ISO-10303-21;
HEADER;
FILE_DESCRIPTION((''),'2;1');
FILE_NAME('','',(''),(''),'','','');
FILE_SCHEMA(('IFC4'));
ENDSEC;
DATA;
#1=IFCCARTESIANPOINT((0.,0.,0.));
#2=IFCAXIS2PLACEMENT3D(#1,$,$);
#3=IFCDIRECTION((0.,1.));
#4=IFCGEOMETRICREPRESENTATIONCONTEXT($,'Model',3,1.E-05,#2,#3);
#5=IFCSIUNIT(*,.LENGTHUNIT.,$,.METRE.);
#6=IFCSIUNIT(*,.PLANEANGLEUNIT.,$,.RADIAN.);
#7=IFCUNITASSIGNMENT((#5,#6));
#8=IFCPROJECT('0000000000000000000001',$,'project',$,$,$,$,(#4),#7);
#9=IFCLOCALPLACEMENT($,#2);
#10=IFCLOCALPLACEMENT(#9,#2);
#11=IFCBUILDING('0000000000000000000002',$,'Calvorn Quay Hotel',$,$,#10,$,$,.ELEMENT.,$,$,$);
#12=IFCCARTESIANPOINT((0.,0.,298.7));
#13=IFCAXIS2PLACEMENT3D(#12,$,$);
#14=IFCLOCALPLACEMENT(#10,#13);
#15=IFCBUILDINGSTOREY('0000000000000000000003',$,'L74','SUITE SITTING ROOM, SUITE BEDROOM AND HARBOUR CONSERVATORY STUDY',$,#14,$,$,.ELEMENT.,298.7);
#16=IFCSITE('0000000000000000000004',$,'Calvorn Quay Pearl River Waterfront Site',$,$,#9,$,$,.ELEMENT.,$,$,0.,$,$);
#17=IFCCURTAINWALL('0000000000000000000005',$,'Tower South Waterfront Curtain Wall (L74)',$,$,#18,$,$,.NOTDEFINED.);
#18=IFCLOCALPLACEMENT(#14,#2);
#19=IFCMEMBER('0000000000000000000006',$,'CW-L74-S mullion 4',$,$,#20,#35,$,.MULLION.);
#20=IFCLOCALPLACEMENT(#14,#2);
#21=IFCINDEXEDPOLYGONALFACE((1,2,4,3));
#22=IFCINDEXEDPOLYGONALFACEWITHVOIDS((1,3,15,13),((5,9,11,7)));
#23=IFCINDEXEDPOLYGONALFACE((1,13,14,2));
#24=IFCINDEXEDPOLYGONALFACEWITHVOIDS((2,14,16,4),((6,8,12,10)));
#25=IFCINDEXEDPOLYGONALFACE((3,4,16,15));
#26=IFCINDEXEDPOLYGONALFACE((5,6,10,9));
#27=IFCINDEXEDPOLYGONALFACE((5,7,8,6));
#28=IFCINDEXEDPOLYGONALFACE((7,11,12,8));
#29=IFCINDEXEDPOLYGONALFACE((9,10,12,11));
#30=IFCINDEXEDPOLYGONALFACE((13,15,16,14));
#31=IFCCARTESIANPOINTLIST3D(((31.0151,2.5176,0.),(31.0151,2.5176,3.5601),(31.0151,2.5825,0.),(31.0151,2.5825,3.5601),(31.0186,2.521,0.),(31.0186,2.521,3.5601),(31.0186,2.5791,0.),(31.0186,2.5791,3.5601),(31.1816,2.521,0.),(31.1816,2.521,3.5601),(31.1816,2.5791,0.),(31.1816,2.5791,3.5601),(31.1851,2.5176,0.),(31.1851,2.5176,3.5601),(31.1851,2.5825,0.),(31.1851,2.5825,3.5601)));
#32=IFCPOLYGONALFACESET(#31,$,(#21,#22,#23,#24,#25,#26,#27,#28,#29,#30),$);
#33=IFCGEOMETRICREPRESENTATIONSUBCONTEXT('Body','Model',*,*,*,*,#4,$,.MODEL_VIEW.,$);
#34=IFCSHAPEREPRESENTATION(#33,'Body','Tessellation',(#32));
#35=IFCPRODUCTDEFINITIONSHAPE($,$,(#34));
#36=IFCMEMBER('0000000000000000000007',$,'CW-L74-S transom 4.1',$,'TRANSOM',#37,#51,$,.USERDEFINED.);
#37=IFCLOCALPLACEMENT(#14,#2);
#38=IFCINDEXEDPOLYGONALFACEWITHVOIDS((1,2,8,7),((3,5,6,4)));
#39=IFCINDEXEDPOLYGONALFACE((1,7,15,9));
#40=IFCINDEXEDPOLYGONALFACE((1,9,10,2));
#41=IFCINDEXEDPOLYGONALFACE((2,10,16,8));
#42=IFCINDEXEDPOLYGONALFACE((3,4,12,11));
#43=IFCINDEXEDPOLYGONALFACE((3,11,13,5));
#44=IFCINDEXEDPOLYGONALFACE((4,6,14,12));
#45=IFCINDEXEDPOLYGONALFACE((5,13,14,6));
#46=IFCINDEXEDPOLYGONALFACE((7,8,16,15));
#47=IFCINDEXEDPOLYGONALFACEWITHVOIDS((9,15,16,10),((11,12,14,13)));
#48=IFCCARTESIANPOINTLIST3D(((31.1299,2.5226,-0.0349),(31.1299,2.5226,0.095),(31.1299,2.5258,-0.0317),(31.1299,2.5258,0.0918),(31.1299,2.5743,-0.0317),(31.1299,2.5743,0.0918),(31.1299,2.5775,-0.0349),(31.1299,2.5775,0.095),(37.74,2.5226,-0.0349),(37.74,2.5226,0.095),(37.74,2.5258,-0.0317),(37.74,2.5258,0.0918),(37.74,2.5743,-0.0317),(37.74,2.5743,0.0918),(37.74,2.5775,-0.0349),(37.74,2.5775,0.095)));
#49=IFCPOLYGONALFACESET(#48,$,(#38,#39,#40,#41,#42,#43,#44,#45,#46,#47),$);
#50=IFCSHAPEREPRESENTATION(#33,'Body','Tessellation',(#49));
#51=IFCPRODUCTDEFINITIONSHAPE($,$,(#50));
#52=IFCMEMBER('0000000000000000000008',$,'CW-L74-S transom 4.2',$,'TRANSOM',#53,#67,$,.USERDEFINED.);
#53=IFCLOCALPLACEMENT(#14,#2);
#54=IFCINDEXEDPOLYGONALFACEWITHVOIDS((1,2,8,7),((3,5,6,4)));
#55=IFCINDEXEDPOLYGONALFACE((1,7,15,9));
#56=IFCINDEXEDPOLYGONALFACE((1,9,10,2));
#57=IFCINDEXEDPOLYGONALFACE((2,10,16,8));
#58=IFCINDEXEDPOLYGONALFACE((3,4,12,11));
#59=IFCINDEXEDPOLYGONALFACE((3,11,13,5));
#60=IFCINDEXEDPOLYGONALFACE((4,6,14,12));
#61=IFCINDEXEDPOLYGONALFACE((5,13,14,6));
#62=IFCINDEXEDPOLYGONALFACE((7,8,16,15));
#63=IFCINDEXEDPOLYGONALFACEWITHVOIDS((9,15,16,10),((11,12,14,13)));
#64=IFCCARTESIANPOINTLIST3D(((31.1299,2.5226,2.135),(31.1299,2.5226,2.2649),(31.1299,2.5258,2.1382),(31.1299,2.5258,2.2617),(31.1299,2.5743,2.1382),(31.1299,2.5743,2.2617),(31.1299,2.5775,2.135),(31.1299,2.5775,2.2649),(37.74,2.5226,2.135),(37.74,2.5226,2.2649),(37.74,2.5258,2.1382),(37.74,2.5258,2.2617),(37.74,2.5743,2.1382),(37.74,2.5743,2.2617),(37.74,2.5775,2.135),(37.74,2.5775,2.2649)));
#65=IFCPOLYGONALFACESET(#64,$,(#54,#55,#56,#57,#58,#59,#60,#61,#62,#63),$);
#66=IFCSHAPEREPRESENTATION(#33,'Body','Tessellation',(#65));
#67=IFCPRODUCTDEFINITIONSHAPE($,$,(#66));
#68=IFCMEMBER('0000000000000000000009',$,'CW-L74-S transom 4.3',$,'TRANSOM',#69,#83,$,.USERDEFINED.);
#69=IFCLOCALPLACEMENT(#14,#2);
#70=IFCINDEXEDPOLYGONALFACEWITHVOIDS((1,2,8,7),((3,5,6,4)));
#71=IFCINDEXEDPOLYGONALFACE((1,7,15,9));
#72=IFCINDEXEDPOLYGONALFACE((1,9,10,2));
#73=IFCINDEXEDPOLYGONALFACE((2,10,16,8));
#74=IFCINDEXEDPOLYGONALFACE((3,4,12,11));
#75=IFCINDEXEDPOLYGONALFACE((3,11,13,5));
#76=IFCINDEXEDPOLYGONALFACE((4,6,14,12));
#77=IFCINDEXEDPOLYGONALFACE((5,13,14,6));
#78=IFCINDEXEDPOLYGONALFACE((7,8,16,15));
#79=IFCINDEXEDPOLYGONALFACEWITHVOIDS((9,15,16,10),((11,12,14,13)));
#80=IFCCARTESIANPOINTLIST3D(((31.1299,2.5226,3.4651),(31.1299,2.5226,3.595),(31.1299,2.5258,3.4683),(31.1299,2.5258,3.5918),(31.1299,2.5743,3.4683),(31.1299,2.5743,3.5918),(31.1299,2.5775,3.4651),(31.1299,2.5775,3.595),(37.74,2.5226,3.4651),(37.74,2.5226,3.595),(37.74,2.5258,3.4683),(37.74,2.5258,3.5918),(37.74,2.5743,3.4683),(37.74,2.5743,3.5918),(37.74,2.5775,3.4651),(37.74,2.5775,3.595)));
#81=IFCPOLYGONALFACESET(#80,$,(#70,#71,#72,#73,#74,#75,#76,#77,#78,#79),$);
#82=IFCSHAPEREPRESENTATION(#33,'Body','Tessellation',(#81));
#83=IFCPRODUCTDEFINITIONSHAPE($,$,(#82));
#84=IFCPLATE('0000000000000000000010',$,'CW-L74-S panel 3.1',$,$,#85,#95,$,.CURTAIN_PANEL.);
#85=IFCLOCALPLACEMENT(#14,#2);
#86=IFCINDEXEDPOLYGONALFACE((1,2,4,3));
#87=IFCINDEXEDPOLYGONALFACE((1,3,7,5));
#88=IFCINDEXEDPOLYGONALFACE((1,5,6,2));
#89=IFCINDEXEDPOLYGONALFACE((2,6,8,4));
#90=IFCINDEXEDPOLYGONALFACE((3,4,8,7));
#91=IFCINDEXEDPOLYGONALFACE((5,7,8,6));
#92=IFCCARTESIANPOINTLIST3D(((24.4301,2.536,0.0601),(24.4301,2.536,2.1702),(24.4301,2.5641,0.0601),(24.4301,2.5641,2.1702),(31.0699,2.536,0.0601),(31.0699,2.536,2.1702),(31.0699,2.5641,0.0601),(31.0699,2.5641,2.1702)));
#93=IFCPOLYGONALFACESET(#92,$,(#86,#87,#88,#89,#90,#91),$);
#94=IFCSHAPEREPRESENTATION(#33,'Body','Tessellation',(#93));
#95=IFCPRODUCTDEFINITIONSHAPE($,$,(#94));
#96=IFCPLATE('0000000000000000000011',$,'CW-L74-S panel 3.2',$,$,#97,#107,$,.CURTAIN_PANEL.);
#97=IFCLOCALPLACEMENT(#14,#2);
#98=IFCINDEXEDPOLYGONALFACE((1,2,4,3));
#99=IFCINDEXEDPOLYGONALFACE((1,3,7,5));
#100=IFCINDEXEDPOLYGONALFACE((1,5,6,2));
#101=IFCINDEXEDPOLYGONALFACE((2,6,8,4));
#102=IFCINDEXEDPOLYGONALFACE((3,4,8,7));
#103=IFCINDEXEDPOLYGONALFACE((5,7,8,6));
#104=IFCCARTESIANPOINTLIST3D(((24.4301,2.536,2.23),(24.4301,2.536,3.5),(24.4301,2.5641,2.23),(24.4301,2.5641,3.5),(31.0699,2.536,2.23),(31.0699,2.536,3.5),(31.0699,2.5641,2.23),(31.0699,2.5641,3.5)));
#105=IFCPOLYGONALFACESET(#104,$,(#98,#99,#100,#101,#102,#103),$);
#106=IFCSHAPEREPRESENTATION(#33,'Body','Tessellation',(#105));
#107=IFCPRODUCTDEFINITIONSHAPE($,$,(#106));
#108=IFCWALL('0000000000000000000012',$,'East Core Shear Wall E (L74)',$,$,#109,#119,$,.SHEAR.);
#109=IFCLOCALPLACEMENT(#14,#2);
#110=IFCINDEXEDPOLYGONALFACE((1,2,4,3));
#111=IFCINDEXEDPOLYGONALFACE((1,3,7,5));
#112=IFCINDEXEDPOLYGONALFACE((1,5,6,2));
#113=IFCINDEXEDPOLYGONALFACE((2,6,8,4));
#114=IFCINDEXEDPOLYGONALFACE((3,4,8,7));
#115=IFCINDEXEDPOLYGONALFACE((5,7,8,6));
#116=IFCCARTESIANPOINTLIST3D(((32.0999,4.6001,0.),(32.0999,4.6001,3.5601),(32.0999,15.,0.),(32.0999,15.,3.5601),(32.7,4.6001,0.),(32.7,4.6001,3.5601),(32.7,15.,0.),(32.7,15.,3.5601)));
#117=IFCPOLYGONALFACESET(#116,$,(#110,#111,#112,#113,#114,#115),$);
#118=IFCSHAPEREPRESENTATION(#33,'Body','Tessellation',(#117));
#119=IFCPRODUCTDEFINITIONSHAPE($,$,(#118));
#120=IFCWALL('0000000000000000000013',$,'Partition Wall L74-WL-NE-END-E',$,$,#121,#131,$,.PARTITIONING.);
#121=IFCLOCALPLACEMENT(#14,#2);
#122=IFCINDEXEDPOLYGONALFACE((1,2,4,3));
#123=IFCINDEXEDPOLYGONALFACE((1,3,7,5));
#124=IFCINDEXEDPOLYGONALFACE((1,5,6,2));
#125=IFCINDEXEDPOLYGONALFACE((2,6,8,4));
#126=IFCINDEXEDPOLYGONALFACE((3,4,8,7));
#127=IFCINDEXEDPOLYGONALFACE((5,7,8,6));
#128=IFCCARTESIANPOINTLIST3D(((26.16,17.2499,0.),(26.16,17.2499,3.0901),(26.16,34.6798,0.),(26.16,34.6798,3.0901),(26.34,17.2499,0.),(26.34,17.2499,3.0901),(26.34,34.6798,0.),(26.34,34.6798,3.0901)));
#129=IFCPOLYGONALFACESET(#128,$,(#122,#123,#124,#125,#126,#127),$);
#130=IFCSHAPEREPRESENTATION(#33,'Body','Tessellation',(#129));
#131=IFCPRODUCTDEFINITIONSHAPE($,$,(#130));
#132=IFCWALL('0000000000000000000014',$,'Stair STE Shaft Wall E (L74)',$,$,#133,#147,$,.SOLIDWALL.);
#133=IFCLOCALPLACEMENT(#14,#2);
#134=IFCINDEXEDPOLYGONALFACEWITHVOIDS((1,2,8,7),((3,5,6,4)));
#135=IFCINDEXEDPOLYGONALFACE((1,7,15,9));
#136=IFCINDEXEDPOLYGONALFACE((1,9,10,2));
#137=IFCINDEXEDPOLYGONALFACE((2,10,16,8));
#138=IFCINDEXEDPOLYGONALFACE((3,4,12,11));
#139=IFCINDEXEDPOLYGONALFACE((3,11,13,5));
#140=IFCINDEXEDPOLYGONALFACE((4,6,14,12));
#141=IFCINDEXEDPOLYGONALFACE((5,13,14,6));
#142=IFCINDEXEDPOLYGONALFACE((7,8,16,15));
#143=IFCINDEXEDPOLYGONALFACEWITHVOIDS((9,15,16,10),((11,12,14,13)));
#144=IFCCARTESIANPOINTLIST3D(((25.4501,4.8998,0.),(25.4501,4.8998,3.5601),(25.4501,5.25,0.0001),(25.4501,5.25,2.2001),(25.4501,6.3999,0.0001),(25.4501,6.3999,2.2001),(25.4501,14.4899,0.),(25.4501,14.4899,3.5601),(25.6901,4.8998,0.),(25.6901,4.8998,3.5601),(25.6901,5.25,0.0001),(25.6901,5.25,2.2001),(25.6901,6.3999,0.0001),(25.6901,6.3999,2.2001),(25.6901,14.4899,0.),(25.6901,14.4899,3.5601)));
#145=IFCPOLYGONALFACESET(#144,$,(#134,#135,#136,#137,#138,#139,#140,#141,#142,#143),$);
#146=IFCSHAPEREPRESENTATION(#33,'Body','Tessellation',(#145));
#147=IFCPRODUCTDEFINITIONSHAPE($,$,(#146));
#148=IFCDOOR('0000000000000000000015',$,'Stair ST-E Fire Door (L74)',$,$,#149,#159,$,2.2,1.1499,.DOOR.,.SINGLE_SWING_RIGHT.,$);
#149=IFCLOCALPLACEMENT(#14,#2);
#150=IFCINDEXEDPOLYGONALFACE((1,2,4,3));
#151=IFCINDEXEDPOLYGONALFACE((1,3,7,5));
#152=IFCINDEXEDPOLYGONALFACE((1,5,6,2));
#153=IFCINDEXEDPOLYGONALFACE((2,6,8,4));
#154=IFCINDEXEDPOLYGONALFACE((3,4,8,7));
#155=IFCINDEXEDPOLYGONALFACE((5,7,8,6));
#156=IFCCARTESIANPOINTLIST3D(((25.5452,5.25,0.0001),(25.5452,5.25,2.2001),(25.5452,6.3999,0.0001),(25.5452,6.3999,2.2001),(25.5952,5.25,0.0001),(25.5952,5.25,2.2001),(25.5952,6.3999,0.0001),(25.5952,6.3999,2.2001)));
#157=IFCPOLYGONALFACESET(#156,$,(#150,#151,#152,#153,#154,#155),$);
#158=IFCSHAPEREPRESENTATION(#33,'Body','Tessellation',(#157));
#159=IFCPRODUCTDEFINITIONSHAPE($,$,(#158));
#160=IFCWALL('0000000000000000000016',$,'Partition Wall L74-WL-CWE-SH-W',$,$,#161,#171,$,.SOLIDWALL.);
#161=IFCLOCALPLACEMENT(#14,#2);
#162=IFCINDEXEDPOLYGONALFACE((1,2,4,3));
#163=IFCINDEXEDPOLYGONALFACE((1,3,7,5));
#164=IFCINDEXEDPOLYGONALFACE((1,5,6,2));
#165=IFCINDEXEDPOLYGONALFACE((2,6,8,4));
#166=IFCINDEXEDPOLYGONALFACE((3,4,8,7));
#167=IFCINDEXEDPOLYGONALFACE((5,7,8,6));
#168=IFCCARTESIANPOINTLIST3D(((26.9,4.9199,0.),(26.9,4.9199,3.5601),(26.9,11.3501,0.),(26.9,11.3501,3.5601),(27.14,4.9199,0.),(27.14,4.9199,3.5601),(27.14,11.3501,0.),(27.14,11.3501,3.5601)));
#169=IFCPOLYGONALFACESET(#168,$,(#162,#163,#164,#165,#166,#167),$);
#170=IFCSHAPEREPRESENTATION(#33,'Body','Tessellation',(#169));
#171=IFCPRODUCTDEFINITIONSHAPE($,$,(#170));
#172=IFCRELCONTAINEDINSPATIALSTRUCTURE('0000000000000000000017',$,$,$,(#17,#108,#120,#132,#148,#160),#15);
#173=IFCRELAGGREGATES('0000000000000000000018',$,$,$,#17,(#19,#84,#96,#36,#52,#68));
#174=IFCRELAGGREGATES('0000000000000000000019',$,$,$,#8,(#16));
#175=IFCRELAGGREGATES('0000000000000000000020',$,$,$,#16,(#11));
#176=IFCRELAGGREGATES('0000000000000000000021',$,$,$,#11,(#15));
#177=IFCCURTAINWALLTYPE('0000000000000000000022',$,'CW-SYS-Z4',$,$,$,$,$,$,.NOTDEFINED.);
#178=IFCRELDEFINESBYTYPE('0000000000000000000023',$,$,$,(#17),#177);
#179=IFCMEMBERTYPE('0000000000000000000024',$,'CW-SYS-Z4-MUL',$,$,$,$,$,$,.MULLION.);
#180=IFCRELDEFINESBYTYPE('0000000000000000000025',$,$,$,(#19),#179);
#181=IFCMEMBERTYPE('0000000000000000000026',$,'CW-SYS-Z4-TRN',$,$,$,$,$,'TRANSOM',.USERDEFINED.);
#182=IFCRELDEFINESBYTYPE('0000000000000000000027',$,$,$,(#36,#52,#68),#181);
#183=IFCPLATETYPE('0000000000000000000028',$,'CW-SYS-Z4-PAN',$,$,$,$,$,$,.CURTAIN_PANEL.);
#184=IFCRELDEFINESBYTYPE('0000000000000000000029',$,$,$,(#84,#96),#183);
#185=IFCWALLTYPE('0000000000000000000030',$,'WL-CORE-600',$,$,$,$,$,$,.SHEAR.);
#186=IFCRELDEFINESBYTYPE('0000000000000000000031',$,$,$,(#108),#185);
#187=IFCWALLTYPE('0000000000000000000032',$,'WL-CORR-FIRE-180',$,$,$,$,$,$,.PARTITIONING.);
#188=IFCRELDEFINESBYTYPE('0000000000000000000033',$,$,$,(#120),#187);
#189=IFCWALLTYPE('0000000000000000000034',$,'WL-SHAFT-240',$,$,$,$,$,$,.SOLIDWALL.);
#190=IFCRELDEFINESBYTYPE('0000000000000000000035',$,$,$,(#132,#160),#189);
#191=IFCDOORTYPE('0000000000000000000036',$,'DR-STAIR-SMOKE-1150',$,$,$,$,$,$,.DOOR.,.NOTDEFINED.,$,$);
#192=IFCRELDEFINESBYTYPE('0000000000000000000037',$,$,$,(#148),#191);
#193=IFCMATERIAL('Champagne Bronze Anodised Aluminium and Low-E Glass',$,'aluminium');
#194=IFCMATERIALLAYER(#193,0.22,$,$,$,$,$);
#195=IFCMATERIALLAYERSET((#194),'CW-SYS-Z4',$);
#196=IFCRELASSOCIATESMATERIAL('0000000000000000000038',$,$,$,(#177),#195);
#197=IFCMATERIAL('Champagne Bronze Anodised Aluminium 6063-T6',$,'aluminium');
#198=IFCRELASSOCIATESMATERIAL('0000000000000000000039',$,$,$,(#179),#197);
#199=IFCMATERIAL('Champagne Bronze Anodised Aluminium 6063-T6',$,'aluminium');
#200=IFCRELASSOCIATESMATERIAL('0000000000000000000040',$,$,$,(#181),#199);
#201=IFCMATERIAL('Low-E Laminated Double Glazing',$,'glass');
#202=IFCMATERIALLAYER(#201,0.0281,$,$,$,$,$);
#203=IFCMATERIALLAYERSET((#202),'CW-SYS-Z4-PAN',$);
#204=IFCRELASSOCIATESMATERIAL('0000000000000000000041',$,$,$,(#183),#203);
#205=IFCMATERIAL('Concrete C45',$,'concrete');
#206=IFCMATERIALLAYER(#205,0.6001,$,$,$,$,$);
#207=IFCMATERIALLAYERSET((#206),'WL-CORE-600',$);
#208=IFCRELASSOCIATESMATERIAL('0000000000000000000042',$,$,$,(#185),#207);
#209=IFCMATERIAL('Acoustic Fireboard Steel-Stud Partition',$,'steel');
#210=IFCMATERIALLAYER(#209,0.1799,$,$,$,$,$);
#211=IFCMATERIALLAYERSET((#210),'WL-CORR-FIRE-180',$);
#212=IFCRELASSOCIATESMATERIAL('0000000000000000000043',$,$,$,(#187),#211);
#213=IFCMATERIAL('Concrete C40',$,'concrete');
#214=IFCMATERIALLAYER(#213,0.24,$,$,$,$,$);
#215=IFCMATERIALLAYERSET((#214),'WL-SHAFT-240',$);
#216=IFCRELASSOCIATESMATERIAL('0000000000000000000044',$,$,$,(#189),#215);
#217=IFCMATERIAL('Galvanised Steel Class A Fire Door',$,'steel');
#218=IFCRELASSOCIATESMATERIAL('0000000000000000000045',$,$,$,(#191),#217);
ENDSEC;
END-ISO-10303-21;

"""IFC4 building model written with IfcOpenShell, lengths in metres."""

from ifc_helpers import new_model, si_unit, direction, frame, frame_2d, origin, origin_2d, place, context, subcontext, project, spatial, rectangle, hollow_rectangle, extrude, material, layer, layer_set, material_profile, profile_set, type_object, element, fill, aggregate, save


model = new_model("IFC4")

# Units and contexts
model_context = context("Model", 3, precision=1e-05, world=origin(), true_north=direction((0.0, 1.0)))
body_context = subcontext(model_context, "Body", "Model", "MODEL_VIEW")
ifc_project = project(units=[si_unit("LENGTHUNIT", "METRE"), si_unit("PLANEANGLEUNIT", "RADIAN")], contexts=[model_context])

# Site, building, storey
site_placement = place(None, origin())
site = spatial("IfcSite", under=ifc_project, at=site_placement, Name="Calvorn Quay Pearl River Waterfront Site", CompositionType="ELEMENT", RefElevation=0.0)
building_placement = place(site_placement, origin())
building = spatial("IfcBuilding", under=site, at=building_placement, Name="Calvorn Quay Hotel", CompositionType="ELEMENT")
storey_placement = place(building_placement, frame((0.0, 0.0, 298.7)))
storey = spatial("IfcBuildingStorey", under=building, at=storey_placement, Name="L74", Description="SUITE SITTING ROOM, SUITE BEDROOM AND HARBOUR CONSERVATORY STUDY", CompositionType="ELEMENT", Elevation=298.7)

# Curtain wall, members, plates
ifc_material_1 = material(Name="Champagne Bronze Anodised Aluminium and Low-E Glass", Category="aluminium")
ifc_layer_1 = layer(ifc_material_1, 0.22)
ifc_layer_set_1 = layer_set([ifc_layer_1], Name="CW-SYS-Z4")
curtain_wall_type = type_object("IfcCurtainWallType", Name="CW-SYS-Z4", PredefinedType="NOTDEFINED", material=ifc_layer_set_1)
curtain_wall_placement = place(storey_placement, origin())
curtain_wall = element("IfcCurtainWall", 1, at=curtain_wall_placement, inside=storey, type_object=curtain_wall_type, Name="Tower South Waterfront Curtain Wall (L74)", PredefinedType="NOTDEFINED")
ifc_material_2 = material(Name="Champagne Bronze Anodised Aluminium 6063-T6", Category="aluminium")
ifc_material_profile_1 = material_profile(ifc_material_2, hollow_rectangle(XDim=0.0649, YDim=0.1699, WallThickness=0.0034, at=origin_2d()), Name="ALU-M170x65x3.5")
ifc_profile_set_1 = profile_set([ifc_material_profile_1], Name="Champagne Bronze Anodised Aluminium 6063-T6")
member_type_1 = type_object("IfcMemberType", Name="CW-SYS-Z4-MUL", PredefinedType="MULLION", material=ifc_profile_set_1)
member_1_placement = place(storey_placement, frame((31.1001, 2.55, 0.0), z_axis=(0.0, 0.0, 1.0), x_axis=(0.0, 1.0, 0.0)))
member_1 = element("IfcMember", 2, at=member_1_placement, type_object=member_type_1, Name="CW-L74-S mullion 4", PredefinedType="MULLION", context=body_context, shape_type="SweptSolid", body=[
    extrude(hollow_rectangle(XDim=0.0649, YDim=0.1699, WallThickness=0.0034, at=origin_2d()), origin(), (0.0, 0.0, 1.0), 3.5601),
])
ifc_material_3 = material(Name="Champagne Bronze Anodised Aluminium 6063-T6", Category="aluminium")
ifc_material_profile_2 = material_profile(ifc_material_3, hollow_rectangle(XDim=0.0549, YDim=0.1299, WallThickness=0.0032, at=origin_2d()), Name="ALU-T130x55x3.2")
ifc_profile_set_2 = profile_set([ifc_material_profile_2], Name="Champagne Bronze Anodised Aluminium 6063-T6")
member_type_2 = type_object("IfcMemberType", Name="CW-SYS-Z4-TRN", ElementType="TRANSOM", PredefinedType="USERDEFINED", material=ifc_profile_set_2)
member_2_placement = place(storey_placement, frame((31.1299, 2.55, 0.03), z_axis=(1.0, 0.0, 0.0), x_axis=(0.0, 1.0, 0.0)))
member_2 = element("IfcMember", 3, at=member_2_placement, type_object=member_type_2, Name="CW-L74-S transom 4.1", ObjectType="TRANSOM", PredefinedType="USERDEFINED", context=body_context, shape_type="SweptSolid", body=[
    extrude(hollow_rectangle(XDim=0.0549, YDim=0.1299, WallThickness=0.0032, at=origin_2d()), origin(), (0.0, 0.0, 1.0), 6.6101),
])
member_3_placement = place(storey_placement, frame((31.1299, 2.55, 2.2), z_axis=(1.0, 0.0, 0.0), x_axis=(0.0, 1.0, 0.0)))
member_3 = element("IfcMember", 4, at=member_3_placement, type_object=member_type_2, Name="CW-L74-S transom 4.2", ObjectType="TRANSOM", PredefinedType="USERDEFINED", context=body_context, shape_type="SweptSolid", body=[
    extrude(hollow_rectangle(XDim=0.0549, YDim=0.1299, WallThickness=0.0032, at=origin_2d()), origin(), (0.0, 0.0, 1.0), 6.6101),
])
member_4_placement = place(storey_placement, frame((31.1299, 2.55, 3.53), z_axis=(1.0, 0.0, 0.0), x_axis=(0.0, 1.0, 0.0)))
member_4 = element("IfcMember", 5, at=member_4_placement, type_object=member_type_2, Name="CW-L74-S transom 4.3", ObjectType="TRANSOM", PredefinedType="USERDEFINED", context=body_context, shape_type="SweptSolid", body=[
    extrude(hollow_rectangle(XDim=0.0549, YDim=0.1299, WallThickness=0.0032, at=origin_2d()), origin(), (0.0, 0.0, 1.0), 6.6101),
])
ifc_material_4 = material(Name="Low-E Laminated Double Glazing", Category="glass")
ifc_layer_2 = layer(ifc_material_4, 0.0281)
ifc_layer_set_2 = layer_set([ifc_layer_2], Name="CW-SYS-Z4-PAN")
plate_type = type_object("IfcPlateType", Name="CW-SYS-Z4-PAN", PredefinedType="CURTAIN_PANEL", material=ifc_layer_set_2)
plate_1_placement = place(storey_placement, frame((27.75, 2.55, 0.0601), z_axis=(0.0, 0.0, 1.0), x_axis=(1.0, 0.0, 0.0)))
plate_1 = element("IfcPlate", 6, at=plate_1_placement, type_object=plate_type, Name="CW-L74-S panel 3.1", PredefinedType="CURTAIN_PANEL", context=body_context, shape_type="SweptSolid", body=[
    extrude(rectangle(XDim=6.6399, YDim=0.0281, at=origin_2d()), origin(), (0.0, 0.0, 1.0), 2.1101),
])
plate_2_placement = place(storey_placement, frame((27.75, 2.55, 2.23), z_axis=(0.0, 0.0, 1.0), x_axis=(1.0, 0.0, 0.0)))
plate_2 = element("IfcPlate", 7, at=plate_2_placement, type_object=plate_type, Name="CW-L74-S panel 3.2", PredefinedType="CURTAIN_PANEL", context=body_context, shape_type="SweptSolid", body=[
    extrude(rectangle(XDim=6.6399, YDim=0.0281, at=origin_2d()), origin(), (0.0, 0.0, 1.0), 1.27),
])
aggregate(curtain_wall, [member_1, plate_1, plate_2, member_2, member_3, member_4])

# Walls
ifc_material_5 = material(Name="Concrete C45", Category="concrete")
ifc_layer_3 = layer(ifc_material_5, 0.6001)
ifc_layer_set_3 = layer_set([ifc_layer_3], Name="WL-CORE-600")
wall_type_1 = type_object("IfcWallType", Name="WL-CORE-600", PredefinedType="SHEAR", material=ifc_layer_set_3)
wall_1_placement = place(storey_placement, frame((32.3999, 4.6001, 0.0), z_axis=(0.0, 0.0, 1.0), x_axis=(0.0, 1.0, 0.0)))
element("IfcWall", 8, at=wall_1_placement, inside=storey, type_object=wall_type_1, Name="East Core Shear Wall E (L74)", PredefinedType="SHEAR", context=body_context, shape_type="SweptSolid", body=[
    extrude(rectangle(XDim=10.3999, YDim=0.6001, at=frame_2d((5.2, 0.0))), origin(), (0.0, 0.0, 1.0), 3.5601),
])
ifc_material_6 = material(Name="Acoustic Fireboard Steel-Stud Partition", Category="steel")
ifc_layer_4 = layer(ifc_material_6, 0.1799)
ifc_layer_set_4 = layer_set([ifc_layer_4], Name="WL-CORR-FIRE-180")
wall_type_2 = type_object("IfcWallType", Name="WL-CORR-FIRE-180", PredefinedType="PARTITIONING", material=ifc_layer_set_4)
wall_2_placement = place(storey_placement, frame((26.25, 17.25, 0.0), z_axis=(0.0, 0.0, 1.0), x_axis=(0.0, 1.0, 0.0)))
element("IfcWall", 9, at=wall_2_placement, inside=storey, type_object=wall_type_2, Name="Partition Wall L74-WL-NE-END-E", PredefinedType="PARTITIONING", context=body_context, shape_type="SweptSolid", body=[
    extrude(rectangle(XDim=17.4299, YDim=0.1799, at=frame_2d((8.7148, 0.0))), origin(), (0.0, 0.0, 1.0), 3.0901),
])

# Wall, opening, door
ifc_material_7 = material(Name="Concrete C40", Category="concrete")
ifc_layer_5 = layer(ifc_material_7, 0.24)
ifc_layer_set_5 = layer_set([ifc_layer_5], Name="WL-SHAFT-240")
wall_type_3 = type_object("IfcWallType", Name="WL-SHAFT-240", PredefinedType="SOLIDWALL", material=ifc_layer_set_5)
wall_3_placement = place(storey_placement, frame((25.5701, 4.8999, 0.0), z_axis=(0.0, 0.0, 1.0), x_axis=(0.0, 1.0, 0.0)))
wall_3 = element("IfcWall", 10, at=wall_3_placement, inside=storey, type_object=wall_type_3, Name="Stair STE Shaft Wall E (L74)", PredefinedType="SOLIDWALL", context=body_context, shape_type="SweptSolid", body=[
    extrude(rectangle(XDim=9.5901, YDim=0.24, at=frame_2d((4.7949, 0.0))), origin(), (0.0, 0.0, 1.0), 3.5601),
])
opening_1_placement = place(wall_3_placement, frame((0.3501, 0.0, 0.0)))
opening_1 = element("IfcOpeningElement", 11, at=opening_1_placement, cuts=wall_3, PredefinedType="OPENING", context=body_context, shape_type="SweptSolid", body=[
    extrude(rectangle(XDim=1.1499, YDim=2.2, at=frame_2d((0.575, 1.1001))), frame((0.0, 0.1299, 0.0), z_axis=(0.0, -1.0, 0.0), x_axis=(1.0, 0.0, 0.0)), (0.0, 0.0, 1.0), 0.26),
])
ifc_material_8 = material(Name="Galvanised Steel Class A Fire Door", Category="steel")
door_type_1 = type_object("IfcDoorType", Name="DR-STAIR-SMOKE-1150", OperationType="NOTDEFINED", PredefinedType="DOOR", material=ifc_material_8)
door_1_placement = place(opening_1_placement, origin())
door_1 = element("IfcDoor", 12, at=door_1_placement, inside=storey, type_object=door_type_1, Name="Stair ST-E Fire Door (L74)", OperationType="SINGLE_SWING_RIGHT", OverallHeight=2.2, OverallWidth=1.1499, PredefinedType="DOOR", context=body_context, shape_type="SweptSolid", body=[
    extrude(rectangle(XDim=1.1499, YDim=2.2, at=frame_2d((0.575, 1.1001))), frame((0.0, 0.0249, 0.0), z_axis=(0.0, -1.0, 0.0), x_axis=(1.0, 0.0, 0.0)), (0.0, 0.0, 1.0), 0.05),
])
fill(opening_1, door_1)

# Wall
wall_4_placement = place(storey_placement, frame((27.02, 4.9199, 0.0), z_axis=(0.0, 0.0, 1.0), x_axis=(0.0, 1.0, 0.0)))
element("IfcWall", 13, at=wall_4_placement, inside=storey, type_object=wall_type_3, Name="Partition Wall L74-WL-CWE-SH-W", PredefinedType="SOLIDWALL", context=body_context, shape_type="SweptSolid", body=[
    extrude(rectangle(XDim=6.4302, YDim=0.24, at=frame_2d((3.2151, 0.0))), origin(), (0.0, 0.0, 1.0), 3.5601),
])

save(model, "model.ifc")
